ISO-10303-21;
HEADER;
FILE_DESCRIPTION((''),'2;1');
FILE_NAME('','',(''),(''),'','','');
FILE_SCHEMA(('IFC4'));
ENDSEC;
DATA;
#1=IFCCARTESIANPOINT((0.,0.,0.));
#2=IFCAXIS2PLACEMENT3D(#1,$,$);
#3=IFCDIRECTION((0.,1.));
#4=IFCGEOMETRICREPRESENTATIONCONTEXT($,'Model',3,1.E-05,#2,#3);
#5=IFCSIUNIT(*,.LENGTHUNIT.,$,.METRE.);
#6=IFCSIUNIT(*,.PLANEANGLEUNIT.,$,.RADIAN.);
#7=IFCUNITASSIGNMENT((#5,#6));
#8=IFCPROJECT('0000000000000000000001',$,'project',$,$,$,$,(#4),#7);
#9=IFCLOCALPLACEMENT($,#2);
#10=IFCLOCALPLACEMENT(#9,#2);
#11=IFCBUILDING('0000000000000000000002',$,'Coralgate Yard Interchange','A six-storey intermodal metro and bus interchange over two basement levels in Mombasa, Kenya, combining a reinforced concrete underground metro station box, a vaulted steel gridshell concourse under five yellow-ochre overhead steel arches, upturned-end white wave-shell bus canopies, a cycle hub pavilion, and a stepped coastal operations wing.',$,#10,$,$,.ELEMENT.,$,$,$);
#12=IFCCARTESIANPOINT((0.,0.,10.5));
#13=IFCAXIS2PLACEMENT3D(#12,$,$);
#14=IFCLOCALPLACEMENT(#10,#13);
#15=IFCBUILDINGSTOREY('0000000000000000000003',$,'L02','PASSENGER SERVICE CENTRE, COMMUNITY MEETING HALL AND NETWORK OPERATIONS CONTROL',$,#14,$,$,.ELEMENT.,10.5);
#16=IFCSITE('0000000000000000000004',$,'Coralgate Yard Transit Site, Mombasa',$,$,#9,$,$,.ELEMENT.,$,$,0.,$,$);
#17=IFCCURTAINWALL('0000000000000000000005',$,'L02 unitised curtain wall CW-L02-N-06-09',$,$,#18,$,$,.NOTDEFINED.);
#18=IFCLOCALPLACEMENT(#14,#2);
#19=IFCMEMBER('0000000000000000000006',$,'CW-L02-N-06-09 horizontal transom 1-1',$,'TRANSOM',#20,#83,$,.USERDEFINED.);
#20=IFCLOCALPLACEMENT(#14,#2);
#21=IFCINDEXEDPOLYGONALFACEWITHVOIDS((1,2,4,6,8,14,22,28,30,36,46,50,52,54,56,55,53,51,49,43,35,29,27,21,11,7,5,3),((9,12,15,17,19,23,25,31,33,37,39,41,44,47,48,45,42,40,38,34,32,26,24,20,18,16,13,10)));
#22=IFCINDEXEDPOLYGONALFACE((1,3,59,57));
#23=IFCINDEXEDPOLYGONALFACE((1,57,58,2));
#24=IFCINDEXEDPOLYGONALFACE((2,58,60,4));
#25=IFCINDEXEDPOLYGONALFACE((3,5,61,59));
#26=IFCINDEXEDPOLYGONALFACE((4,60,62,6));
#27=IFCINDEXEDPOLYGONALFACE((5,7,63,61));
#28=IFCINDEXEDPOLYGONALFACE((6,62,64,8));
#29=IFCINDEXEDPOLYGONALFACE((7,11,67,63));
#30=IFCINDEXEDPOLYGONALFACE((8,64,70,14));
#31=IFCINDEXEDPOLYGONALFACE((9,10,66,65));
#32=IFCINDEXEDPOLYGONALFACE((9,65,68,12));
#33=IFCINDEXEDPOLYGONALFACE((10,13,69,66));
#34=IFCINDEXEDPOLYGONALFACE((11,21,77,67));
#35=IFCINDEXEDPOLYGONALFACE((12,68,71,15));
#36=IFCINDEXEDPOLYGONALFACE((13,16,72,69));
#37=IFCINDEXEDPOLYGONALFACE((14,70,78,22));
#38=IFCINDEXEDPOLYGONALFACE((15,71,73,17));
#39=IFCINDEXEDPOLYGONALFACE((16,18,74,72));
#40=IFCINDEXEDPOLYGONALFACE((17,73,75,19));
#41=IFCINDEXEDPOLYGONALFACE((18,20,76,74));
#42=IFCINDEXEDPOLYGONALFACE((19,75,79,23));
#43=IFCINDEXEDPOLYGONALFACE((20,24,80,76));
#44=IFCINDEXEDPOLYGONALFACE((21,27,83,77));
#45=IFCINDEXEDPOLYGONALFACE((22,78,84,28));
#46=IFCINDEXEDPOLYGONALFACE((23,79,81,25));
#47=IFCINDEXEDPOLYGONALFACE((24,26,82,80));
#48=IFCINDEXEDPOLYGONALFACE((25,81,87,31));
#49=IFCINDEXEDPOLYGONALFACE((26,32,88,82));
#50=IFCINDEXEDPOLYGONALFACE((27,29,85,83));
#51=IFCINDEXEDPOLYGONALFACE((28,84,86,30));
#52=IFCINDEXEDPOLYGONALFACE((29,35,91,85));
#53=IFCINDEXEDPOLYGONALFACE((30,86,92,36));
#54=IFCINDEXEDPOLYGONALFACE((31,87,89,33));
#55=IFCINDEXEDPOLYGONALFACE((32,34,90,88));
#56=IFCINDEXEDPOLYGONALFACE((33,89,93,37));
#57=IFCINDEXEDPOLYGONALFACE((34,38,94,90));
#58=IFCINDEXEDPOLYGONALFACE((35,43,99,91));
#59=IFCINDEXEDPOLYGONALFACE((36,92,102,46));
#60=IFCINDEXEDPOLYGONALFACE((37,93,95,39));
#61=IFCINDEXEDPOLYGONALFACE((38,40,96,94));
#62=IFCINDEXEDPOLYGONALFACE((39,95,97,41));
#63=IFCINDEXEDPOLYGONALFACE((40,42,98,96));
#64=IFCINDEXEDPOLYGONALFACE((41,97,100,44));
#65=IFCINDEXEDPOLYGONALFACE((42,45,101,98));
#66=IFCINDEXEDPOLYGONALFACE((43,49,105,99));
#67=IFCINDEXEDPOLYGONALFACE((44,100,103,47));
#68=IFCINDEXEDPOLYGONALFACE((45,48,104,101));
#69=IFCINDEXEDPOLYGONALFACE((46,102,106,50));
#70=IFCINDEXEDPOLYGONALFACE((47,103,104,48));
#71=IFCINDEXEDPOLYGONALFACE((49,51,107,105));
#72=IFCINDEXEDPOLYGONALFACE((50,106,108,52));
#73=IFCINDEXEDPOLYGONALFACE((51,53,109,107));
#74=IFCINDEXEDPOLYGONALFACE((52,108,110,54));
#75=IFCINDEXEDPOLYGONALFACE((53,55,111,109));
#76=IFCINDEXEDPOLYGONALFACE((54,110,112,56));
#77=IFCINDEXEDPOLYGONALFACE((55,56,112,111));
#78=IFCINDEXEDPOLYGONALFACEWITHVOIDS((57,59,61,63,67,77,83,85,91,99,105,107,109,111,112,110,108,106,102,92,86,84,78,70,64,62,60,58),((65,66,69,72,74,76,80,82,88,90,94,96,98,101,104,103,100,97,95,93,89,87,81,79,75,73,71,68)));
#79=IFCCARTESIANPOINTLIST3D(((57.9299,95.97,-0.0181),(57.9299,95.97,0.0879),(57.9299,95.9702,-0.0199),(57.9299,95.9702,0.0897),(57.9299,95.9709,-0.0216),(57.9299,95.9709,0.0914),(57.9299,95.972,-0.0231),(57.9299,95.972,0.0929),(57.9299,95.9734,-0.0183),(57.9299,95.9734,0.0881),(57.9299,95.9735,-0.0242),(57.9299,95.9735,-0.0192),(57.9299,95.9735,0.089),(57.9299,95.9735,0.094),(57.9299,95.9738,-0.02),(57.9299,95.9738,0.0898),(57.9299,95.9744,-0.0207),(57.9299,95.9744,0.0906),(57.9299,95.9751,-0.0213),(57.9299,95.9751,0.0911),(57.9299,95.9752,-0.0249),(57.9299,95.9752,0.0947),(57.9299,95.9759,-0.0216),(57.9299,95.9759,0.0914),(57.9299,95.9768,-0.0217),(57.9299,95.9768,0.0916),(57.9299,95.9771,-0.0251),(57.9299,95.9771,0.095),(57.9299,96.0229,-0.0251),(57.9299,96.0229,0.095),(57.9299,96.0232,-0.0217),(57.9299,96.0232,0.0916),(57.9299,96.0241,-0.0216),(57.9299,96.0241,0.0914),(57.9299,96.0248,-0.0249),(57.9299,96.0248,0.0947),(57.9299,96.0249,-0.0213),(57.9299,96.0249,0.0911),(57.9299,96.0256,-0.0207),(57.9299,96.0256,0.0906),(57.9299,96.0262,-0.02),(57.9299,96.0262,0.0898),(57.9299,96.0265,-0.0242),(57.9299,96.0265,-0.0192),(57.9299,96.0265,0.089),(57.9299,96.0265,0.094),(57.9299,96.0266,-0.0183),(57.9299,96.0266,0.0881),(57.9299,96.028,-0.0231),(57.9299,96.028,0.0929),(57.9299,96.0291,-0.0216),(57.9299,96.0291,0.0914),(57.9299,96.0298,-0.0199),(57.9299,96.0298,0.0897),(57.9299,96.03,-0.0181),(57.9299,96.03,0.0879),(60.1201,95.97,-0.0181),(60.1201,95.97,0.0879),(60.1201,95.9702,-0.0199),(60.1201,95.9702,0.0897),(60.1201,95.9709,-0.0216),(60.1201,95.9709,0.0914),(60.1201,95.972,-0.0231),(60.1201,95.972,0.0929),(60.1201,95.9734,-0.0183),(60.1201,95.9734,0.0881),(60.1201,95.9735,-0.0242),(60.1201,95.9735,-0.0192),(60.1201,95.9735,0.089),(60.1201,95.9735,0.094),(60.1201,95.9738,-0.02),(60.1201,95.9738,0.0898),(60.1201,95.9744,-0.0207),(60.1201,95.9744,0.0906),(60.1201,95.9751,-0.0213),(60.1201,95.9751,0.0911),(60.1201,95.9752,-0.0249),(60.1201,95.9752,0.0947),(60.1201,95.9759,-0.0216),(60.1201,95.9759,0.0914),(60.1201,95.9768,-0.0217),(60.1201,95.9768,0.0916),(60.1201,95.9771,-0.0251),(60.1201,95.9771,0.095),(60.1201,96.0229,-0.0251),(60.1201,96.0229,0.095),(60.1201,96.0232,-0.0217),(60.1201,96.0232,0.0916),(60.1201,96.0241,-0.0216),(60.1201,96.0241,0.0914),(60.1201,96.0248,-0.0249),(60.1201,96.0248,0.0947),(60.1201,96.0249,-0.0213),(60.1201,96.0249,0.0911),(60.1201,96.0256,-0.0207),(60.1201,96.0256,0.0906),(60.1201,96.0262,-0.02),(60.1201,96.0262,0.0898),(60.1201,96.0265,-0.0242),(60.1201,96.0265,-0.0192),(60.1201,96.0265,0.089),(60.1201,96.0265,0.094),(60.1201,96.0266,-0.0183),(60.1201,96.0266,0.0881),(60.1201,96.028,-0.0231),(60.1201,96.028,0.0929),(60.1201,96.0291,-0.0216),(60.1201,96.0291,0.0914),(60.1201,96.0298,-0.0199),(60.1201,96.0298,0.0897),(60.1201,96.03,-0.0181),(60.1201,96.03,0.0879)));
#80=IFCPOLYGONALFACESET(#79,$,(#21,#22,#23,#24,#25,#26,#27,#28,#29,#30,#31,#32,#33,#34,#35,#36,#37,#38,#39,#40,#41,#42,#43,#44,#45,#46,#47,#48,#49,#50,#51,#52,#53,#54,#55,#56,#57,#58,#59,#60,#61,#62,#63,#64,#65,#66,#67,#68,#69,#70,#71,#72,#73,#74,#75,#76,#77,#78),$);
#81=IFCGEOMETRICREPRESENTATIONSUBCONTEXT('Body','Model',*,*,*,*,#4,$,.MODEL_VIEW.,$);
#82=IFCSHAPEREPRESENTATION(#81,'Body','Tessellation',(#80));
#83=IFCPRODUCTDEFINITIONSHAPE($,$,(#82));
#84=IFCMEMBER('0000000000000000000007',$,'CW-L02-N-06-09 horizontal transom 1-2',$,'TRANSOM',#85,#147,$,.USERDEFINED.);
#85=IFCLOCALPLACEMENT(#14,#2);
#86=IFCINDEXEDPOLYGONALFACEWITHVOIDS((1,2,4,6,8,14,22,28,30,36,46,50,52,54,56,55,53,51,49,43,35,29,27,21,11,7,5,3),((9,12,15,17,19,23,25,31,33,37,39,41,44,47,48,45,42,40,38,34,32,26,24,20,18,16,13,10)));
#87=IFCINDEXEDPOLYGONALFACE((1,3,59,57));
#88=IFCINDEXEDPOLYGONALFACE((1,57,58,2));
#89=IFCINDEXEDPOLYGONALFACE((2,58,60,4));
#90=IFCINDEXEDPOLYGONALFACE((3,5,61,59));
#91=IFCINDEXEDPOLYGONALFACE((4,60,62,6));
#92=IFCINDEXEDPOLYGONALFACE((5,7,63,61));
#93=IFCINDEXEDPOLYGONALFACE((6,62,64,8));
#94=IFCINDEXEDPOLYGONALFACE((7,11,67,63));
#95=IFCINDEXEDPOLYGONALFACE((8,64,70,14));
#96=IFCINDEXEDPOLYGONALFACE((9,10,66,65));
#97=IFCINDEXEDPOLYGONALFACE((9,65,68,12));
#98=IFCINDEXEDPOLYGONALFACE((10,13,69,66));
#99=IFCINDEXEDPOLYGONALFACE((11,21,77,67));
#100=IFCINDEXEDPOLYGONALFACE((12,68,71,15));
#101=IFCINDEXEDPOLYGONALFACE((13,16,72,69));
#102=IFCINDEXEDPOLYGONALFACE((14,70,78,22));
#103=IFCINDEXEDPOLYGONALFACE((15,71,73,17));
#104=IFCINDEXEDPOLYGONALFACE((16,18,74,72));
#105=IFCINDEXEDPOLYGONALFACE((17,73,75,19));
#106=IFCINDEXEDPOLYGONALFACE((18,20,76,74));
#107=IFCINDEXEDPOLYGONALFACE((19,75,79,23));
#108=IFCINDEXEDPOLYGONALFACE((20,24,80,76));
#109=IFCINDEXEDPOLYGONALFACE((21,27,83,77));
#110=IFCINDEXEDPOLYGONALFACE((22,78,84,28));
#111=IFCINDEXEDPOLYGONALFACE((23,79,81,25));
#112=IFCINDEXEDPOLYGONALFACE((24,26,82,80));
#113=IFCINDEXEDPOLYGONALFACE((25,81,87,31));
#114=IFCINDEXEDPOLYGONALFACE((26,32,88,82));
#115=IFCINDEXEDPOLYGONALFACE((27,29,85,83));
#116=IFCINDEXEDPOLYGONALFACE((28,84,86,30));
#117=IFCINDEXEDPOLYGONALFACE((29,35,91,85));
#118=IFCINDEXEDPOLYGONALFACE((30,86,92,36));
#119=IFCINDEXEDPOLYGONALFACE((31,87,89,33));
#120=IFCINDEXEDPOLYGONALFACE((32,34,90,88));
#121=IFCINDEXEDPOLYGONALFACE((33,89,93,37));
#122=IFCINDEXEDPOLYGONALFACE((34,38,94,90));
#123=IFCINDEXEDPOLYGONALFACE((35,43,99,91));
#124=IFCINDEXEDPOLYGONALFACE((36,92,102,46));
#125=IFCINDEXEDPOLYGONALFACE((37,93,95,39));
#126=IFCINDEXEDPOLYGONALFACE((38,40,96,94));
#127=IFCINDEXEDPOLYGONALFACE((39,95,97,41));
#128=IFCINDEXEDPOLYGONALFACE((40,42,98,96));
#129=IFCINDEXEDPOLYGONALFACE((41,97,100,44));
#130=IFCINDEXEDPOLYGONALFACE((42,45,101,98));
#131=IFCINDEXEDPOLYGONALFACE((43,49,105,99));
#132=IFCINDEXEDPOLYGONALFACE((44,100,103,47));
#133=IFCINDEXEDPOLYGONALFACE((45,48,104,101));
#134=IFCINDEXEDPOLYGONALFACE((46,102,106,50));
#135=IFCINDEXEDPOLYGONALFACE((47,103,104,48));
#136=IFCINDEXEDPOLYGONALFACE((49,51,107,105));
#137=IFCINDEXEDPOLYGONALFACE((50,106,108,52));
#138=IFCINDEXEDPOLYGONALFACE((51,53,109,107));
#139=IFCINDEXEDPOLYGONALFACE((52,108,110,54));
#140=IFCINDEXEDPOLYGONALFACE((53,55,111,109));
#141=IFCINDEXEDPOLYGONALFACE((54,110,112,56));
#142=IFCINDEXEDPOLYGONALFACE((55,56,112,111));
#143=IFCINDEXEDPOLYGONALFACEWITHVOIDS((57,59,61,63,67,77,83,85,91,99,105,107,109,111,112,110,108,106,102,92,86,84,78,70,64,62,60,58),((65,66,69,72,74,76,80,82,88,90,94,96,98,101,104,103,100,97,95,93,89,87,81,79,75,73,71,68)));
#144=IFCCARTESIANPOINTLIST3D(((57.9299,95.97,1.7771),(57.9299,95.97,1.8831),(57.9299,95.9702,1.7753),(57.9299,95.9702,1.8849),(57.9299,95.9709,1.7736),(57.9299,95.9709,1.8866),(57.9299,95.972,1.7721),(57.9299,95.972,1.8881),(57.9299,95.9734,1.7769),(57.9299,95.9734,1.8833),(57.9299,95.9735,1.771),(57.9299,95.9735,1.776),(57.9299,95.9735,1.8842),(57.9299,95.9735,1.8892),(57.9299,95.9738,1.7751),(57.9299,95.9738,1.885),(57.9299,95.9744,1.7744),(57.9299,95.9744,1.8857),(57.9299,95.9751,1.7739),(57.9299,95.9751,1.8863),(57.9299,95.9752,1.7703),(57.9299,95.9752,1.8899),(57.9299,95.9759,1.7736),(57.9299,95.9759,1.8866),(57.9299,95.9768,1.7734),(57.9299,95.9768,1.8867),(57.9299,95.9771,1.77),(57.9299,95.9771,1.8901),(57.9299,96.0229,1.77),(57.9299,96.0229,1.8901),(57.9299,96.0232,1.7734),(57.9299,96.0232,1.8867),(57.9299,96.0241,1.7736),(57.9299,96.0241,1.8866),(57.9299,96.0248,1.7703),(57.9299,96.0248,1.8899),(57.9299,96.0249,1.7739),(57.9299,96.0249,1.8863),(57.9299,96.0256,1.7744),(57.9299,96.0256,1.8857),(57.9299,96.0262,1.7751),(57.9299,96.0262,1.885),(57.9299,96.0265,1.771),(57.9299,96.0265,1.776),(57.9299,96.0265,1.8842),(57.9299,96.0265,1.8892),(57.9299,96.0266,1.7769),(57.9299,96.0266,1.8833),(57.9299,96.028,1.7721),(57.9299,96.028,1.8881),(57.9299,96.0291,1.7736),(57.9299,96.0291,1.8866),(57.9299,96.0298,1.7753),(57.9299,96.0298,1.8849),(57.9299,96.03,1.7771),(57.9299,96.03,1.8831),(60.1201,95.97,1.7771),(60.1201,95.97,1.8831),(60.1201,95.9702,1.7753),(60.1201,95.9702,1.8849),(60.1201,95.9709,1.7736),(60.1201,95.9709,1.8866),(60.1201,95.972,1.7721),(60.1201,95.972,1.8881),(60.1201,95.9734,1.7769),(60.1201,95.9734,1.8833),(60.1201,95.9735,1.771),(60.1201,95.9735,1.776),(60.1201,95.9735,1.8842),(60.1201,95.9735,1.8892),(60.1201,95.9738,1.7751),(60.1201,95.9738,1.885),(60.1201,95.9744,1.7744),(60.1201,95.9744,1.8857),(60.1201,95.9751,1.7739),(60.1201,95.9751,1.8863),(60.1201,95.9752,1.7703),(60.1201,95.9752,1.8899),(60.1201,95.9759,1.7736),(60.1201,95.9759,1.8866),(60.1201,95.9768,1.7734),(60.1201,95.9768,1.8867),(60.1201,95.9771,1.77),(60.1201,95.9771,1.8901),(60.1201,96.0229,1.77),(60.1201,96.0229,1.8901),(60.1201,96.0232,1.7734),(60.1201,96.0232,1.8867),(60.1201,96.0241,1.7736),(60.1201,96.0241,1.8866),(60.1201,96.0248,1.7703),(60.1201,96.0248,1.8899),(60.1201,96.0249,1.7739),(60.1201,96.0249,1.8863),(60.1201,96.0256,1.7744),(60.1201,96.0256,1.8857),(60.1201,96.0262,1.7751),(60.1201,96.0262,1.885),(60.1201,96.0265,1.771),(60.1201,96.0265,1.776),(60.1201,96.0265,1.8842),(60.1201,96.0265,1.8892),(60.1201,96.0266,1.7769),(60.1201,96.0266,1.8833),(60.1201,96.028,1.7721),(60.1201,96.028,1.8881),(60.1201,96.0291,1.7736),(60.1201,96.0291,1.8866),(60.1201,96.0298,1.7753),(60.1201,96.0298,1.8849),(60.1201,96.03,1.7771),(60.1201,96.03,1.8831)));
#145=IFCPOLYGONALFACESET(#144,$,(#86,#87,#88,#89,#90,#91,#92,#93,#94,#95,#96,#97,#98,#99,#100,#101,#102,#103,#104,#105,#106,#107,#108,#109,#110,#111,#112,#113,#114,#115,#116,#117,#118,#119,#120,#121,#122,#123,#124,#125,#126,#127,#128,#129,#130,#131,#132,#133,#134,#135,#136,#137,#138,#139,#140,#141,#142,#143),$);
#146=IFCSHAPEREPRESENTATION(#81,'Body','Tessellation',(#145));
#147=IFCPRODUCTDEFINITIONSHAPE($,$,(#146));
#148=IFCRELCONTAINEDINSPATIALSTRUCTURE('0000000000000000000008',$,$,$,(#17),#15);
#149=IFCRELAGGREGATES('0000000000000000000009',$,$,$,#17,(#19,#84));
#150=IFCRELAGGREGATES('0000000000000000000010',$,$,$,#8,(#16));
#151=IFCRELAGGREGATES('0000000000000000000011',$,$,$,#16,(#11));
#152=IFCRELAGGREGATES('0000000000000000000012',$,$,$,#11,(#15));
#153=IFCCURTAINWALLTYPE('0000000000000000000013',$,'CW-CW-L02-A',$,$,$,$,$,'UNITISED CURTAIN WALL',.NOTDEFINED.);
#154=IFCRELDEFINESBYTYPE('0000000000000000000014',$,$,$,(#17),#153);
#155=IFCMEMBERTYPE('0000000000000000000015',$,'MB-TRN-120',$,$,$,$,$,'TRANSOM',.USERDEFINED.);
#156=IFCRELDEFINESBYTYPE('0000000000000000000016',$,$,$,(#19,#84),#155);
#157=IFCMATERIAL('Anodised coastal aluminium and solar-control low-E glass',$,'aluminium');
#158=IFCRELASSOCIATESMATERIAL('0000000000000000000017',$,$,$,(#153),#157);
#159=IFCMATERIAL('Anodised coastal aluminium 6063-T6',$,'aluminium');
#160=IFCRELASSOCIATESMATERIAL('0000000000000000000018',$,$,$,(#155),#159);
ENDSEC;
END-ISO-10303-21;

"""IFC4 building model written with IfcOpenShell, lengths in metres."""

from ifc_helpers import new_model, si_unit, direction, frame, origin, origin_2d, place, context, subcontext, project, spatial, hollow_rectangle, extrude, material, material_profile, profile_set, type_object, element, aggregate, save


model = new_model("IFC4")

# Units and contexts
model_context = context("Model", 3, precision=1e-05, world=origin(), true_north=direction((0.0, 1.0)))
body_context = subcontext(model_context, "Body", "Model", "MODEL_VIEW")
ifc_project = project(units=[si_unit("LENGTHUNIT", "METRE"), si_unit("PLANEANGLEUNIT", "RADIAN")], contexts=[model_context])

# Site, building, storey
site_placement = place(None, origin())
site = spatial("IfcSite", under=ifc_project, at=site_placement, Name="Coralgate Yard Transit Site, Mombasa", CompositionType="ELEMENT", RefElevation=0.0)
building_placement = place(site_placement, origin())
building = spatial("IfcBuilding", under=site, at=building_placement, Name="Coralgate Yard Interchange", Description="A six-storey intermodal metro and bus interchange over two basement levels in Mombasa, Kenya, combining a reinforced concrete underground metro station box, a vaulted steel gridshell concourse under five yellow-ochre overhead steel arches, upturned-end white wave-shell bus canopies, a cycle hub pavilion, and a stepped coastal operations wing.", CompositionType="ELEMENT")
storey_placement = place(building_placement, frame((0.0, 0.0, 10.5)))
storey = spatial("IfcBuildingStorey", under=building, at=storey_placement, Name="L02", Description="PASSENGER SERVICE CENTRE, COMMUNITY MEETING HALL AND NETWORK OPERATIONS CONTROL", CompositionType="ELEMENT", Elevation=10.5)

# Curtain wall, members
ifc_material_1 = material(Name="Anodised coastal aluminium and solar-control low-E glass", Category="aluminium")
curtain_wall_type = type_object("IfcCurtainWallType", Name="CW-CW-L02-A", ElementType="UNITISED CURTAIN WALL", PredefinedType="NOTDEFINED", material=ifc_material_1)
curtain_wall_placement = place(storey_placement, origin())
curtain_wall = element("IfcCurtainWall", 1, at=curtain_wall_placement, inside=storey, type_object=curtain_wall_type, Name="L02 unitised curtain wall CW-L02-N-06-09", PredefinedType="NOTDEFINED")
ifc_material_2 = material(Name="Anodised coastal aluminium 6063-T6", Category="aluminium")
ifc_material_profile_1 = material_profile(ifc_material_2, hollow_rectangle(XDim=0.0601, YDim=0.1201, WallThickness=0.0034, InnerFilletRadius=0.0034, OuterFilletRadius=0.0071, at=origin_2d()), Name="ALU 60x120x3.5")
ifc_profile_set_1 = profile_set([ifc_material_profile_1], Name="Anodised coastal aluminium 6063-T6")
member_type_1 = type_object("IfcMemberType", Name="MB-TRN-120", ElementType="TRANSOM", PredefinedType="USERDEFINED", material=ifc_profile_set_1)
member_1_placement = place(storey_placement, frame((57.9299, 96.0, 0.0349), z_axis=(1.0, 0.0, 0.0), x_axis=(0.0, 1.0, 0.0)))
member_1 = element("IfcMember", 2, at=member_1_placement, type_object=member_type_1, Name="CW-L02-N-06-09 horizontal transom 1-1", ObjectType="TRANSOM", PredefinedType="USERDEFINED", context=body_context, shape_type="SweptSolid", body=[
    extrude(hollow_rectangle(XDim=0.0601, YDim=0.1201, WallThickness=0.0034, InnerFilletRadius=0.0034, OuterFilletRadius=0.0071, at=origin_2d()), origin(), (0.0, 0.0, 1.0), 2.1902),
])
member_2_placement = place(storey_placement, frame((57.9299, 96.0, 1.8301), z_axis=(1.0, 0.0, 0.0), x_axis=(0.0, 1.0, 0.0)))
member_2 = element("IfcMember", 3, at=member_2_placement, type_object=member_type_1, Name="CW-L02-N-06-09 horizontal transom 1-2", ObjectType="TRANSOM", PredefinedType="USERDEFINED", context=body_context, shape_type="SweptSolid", body=[
    extrude(hollow_rectangle(XDim=0.0601, YDim=0.1201, WallThickness=0.0034, InnerFilletRadius=0.0034, OuterFilletRadius=0.0071, at=origin_2d()), origin(), (0.0, 0.0, 1.0), 2.1902),
])
aggregate(curtain_wall, [member_1, member_2])

save(model, "model.ifc")
